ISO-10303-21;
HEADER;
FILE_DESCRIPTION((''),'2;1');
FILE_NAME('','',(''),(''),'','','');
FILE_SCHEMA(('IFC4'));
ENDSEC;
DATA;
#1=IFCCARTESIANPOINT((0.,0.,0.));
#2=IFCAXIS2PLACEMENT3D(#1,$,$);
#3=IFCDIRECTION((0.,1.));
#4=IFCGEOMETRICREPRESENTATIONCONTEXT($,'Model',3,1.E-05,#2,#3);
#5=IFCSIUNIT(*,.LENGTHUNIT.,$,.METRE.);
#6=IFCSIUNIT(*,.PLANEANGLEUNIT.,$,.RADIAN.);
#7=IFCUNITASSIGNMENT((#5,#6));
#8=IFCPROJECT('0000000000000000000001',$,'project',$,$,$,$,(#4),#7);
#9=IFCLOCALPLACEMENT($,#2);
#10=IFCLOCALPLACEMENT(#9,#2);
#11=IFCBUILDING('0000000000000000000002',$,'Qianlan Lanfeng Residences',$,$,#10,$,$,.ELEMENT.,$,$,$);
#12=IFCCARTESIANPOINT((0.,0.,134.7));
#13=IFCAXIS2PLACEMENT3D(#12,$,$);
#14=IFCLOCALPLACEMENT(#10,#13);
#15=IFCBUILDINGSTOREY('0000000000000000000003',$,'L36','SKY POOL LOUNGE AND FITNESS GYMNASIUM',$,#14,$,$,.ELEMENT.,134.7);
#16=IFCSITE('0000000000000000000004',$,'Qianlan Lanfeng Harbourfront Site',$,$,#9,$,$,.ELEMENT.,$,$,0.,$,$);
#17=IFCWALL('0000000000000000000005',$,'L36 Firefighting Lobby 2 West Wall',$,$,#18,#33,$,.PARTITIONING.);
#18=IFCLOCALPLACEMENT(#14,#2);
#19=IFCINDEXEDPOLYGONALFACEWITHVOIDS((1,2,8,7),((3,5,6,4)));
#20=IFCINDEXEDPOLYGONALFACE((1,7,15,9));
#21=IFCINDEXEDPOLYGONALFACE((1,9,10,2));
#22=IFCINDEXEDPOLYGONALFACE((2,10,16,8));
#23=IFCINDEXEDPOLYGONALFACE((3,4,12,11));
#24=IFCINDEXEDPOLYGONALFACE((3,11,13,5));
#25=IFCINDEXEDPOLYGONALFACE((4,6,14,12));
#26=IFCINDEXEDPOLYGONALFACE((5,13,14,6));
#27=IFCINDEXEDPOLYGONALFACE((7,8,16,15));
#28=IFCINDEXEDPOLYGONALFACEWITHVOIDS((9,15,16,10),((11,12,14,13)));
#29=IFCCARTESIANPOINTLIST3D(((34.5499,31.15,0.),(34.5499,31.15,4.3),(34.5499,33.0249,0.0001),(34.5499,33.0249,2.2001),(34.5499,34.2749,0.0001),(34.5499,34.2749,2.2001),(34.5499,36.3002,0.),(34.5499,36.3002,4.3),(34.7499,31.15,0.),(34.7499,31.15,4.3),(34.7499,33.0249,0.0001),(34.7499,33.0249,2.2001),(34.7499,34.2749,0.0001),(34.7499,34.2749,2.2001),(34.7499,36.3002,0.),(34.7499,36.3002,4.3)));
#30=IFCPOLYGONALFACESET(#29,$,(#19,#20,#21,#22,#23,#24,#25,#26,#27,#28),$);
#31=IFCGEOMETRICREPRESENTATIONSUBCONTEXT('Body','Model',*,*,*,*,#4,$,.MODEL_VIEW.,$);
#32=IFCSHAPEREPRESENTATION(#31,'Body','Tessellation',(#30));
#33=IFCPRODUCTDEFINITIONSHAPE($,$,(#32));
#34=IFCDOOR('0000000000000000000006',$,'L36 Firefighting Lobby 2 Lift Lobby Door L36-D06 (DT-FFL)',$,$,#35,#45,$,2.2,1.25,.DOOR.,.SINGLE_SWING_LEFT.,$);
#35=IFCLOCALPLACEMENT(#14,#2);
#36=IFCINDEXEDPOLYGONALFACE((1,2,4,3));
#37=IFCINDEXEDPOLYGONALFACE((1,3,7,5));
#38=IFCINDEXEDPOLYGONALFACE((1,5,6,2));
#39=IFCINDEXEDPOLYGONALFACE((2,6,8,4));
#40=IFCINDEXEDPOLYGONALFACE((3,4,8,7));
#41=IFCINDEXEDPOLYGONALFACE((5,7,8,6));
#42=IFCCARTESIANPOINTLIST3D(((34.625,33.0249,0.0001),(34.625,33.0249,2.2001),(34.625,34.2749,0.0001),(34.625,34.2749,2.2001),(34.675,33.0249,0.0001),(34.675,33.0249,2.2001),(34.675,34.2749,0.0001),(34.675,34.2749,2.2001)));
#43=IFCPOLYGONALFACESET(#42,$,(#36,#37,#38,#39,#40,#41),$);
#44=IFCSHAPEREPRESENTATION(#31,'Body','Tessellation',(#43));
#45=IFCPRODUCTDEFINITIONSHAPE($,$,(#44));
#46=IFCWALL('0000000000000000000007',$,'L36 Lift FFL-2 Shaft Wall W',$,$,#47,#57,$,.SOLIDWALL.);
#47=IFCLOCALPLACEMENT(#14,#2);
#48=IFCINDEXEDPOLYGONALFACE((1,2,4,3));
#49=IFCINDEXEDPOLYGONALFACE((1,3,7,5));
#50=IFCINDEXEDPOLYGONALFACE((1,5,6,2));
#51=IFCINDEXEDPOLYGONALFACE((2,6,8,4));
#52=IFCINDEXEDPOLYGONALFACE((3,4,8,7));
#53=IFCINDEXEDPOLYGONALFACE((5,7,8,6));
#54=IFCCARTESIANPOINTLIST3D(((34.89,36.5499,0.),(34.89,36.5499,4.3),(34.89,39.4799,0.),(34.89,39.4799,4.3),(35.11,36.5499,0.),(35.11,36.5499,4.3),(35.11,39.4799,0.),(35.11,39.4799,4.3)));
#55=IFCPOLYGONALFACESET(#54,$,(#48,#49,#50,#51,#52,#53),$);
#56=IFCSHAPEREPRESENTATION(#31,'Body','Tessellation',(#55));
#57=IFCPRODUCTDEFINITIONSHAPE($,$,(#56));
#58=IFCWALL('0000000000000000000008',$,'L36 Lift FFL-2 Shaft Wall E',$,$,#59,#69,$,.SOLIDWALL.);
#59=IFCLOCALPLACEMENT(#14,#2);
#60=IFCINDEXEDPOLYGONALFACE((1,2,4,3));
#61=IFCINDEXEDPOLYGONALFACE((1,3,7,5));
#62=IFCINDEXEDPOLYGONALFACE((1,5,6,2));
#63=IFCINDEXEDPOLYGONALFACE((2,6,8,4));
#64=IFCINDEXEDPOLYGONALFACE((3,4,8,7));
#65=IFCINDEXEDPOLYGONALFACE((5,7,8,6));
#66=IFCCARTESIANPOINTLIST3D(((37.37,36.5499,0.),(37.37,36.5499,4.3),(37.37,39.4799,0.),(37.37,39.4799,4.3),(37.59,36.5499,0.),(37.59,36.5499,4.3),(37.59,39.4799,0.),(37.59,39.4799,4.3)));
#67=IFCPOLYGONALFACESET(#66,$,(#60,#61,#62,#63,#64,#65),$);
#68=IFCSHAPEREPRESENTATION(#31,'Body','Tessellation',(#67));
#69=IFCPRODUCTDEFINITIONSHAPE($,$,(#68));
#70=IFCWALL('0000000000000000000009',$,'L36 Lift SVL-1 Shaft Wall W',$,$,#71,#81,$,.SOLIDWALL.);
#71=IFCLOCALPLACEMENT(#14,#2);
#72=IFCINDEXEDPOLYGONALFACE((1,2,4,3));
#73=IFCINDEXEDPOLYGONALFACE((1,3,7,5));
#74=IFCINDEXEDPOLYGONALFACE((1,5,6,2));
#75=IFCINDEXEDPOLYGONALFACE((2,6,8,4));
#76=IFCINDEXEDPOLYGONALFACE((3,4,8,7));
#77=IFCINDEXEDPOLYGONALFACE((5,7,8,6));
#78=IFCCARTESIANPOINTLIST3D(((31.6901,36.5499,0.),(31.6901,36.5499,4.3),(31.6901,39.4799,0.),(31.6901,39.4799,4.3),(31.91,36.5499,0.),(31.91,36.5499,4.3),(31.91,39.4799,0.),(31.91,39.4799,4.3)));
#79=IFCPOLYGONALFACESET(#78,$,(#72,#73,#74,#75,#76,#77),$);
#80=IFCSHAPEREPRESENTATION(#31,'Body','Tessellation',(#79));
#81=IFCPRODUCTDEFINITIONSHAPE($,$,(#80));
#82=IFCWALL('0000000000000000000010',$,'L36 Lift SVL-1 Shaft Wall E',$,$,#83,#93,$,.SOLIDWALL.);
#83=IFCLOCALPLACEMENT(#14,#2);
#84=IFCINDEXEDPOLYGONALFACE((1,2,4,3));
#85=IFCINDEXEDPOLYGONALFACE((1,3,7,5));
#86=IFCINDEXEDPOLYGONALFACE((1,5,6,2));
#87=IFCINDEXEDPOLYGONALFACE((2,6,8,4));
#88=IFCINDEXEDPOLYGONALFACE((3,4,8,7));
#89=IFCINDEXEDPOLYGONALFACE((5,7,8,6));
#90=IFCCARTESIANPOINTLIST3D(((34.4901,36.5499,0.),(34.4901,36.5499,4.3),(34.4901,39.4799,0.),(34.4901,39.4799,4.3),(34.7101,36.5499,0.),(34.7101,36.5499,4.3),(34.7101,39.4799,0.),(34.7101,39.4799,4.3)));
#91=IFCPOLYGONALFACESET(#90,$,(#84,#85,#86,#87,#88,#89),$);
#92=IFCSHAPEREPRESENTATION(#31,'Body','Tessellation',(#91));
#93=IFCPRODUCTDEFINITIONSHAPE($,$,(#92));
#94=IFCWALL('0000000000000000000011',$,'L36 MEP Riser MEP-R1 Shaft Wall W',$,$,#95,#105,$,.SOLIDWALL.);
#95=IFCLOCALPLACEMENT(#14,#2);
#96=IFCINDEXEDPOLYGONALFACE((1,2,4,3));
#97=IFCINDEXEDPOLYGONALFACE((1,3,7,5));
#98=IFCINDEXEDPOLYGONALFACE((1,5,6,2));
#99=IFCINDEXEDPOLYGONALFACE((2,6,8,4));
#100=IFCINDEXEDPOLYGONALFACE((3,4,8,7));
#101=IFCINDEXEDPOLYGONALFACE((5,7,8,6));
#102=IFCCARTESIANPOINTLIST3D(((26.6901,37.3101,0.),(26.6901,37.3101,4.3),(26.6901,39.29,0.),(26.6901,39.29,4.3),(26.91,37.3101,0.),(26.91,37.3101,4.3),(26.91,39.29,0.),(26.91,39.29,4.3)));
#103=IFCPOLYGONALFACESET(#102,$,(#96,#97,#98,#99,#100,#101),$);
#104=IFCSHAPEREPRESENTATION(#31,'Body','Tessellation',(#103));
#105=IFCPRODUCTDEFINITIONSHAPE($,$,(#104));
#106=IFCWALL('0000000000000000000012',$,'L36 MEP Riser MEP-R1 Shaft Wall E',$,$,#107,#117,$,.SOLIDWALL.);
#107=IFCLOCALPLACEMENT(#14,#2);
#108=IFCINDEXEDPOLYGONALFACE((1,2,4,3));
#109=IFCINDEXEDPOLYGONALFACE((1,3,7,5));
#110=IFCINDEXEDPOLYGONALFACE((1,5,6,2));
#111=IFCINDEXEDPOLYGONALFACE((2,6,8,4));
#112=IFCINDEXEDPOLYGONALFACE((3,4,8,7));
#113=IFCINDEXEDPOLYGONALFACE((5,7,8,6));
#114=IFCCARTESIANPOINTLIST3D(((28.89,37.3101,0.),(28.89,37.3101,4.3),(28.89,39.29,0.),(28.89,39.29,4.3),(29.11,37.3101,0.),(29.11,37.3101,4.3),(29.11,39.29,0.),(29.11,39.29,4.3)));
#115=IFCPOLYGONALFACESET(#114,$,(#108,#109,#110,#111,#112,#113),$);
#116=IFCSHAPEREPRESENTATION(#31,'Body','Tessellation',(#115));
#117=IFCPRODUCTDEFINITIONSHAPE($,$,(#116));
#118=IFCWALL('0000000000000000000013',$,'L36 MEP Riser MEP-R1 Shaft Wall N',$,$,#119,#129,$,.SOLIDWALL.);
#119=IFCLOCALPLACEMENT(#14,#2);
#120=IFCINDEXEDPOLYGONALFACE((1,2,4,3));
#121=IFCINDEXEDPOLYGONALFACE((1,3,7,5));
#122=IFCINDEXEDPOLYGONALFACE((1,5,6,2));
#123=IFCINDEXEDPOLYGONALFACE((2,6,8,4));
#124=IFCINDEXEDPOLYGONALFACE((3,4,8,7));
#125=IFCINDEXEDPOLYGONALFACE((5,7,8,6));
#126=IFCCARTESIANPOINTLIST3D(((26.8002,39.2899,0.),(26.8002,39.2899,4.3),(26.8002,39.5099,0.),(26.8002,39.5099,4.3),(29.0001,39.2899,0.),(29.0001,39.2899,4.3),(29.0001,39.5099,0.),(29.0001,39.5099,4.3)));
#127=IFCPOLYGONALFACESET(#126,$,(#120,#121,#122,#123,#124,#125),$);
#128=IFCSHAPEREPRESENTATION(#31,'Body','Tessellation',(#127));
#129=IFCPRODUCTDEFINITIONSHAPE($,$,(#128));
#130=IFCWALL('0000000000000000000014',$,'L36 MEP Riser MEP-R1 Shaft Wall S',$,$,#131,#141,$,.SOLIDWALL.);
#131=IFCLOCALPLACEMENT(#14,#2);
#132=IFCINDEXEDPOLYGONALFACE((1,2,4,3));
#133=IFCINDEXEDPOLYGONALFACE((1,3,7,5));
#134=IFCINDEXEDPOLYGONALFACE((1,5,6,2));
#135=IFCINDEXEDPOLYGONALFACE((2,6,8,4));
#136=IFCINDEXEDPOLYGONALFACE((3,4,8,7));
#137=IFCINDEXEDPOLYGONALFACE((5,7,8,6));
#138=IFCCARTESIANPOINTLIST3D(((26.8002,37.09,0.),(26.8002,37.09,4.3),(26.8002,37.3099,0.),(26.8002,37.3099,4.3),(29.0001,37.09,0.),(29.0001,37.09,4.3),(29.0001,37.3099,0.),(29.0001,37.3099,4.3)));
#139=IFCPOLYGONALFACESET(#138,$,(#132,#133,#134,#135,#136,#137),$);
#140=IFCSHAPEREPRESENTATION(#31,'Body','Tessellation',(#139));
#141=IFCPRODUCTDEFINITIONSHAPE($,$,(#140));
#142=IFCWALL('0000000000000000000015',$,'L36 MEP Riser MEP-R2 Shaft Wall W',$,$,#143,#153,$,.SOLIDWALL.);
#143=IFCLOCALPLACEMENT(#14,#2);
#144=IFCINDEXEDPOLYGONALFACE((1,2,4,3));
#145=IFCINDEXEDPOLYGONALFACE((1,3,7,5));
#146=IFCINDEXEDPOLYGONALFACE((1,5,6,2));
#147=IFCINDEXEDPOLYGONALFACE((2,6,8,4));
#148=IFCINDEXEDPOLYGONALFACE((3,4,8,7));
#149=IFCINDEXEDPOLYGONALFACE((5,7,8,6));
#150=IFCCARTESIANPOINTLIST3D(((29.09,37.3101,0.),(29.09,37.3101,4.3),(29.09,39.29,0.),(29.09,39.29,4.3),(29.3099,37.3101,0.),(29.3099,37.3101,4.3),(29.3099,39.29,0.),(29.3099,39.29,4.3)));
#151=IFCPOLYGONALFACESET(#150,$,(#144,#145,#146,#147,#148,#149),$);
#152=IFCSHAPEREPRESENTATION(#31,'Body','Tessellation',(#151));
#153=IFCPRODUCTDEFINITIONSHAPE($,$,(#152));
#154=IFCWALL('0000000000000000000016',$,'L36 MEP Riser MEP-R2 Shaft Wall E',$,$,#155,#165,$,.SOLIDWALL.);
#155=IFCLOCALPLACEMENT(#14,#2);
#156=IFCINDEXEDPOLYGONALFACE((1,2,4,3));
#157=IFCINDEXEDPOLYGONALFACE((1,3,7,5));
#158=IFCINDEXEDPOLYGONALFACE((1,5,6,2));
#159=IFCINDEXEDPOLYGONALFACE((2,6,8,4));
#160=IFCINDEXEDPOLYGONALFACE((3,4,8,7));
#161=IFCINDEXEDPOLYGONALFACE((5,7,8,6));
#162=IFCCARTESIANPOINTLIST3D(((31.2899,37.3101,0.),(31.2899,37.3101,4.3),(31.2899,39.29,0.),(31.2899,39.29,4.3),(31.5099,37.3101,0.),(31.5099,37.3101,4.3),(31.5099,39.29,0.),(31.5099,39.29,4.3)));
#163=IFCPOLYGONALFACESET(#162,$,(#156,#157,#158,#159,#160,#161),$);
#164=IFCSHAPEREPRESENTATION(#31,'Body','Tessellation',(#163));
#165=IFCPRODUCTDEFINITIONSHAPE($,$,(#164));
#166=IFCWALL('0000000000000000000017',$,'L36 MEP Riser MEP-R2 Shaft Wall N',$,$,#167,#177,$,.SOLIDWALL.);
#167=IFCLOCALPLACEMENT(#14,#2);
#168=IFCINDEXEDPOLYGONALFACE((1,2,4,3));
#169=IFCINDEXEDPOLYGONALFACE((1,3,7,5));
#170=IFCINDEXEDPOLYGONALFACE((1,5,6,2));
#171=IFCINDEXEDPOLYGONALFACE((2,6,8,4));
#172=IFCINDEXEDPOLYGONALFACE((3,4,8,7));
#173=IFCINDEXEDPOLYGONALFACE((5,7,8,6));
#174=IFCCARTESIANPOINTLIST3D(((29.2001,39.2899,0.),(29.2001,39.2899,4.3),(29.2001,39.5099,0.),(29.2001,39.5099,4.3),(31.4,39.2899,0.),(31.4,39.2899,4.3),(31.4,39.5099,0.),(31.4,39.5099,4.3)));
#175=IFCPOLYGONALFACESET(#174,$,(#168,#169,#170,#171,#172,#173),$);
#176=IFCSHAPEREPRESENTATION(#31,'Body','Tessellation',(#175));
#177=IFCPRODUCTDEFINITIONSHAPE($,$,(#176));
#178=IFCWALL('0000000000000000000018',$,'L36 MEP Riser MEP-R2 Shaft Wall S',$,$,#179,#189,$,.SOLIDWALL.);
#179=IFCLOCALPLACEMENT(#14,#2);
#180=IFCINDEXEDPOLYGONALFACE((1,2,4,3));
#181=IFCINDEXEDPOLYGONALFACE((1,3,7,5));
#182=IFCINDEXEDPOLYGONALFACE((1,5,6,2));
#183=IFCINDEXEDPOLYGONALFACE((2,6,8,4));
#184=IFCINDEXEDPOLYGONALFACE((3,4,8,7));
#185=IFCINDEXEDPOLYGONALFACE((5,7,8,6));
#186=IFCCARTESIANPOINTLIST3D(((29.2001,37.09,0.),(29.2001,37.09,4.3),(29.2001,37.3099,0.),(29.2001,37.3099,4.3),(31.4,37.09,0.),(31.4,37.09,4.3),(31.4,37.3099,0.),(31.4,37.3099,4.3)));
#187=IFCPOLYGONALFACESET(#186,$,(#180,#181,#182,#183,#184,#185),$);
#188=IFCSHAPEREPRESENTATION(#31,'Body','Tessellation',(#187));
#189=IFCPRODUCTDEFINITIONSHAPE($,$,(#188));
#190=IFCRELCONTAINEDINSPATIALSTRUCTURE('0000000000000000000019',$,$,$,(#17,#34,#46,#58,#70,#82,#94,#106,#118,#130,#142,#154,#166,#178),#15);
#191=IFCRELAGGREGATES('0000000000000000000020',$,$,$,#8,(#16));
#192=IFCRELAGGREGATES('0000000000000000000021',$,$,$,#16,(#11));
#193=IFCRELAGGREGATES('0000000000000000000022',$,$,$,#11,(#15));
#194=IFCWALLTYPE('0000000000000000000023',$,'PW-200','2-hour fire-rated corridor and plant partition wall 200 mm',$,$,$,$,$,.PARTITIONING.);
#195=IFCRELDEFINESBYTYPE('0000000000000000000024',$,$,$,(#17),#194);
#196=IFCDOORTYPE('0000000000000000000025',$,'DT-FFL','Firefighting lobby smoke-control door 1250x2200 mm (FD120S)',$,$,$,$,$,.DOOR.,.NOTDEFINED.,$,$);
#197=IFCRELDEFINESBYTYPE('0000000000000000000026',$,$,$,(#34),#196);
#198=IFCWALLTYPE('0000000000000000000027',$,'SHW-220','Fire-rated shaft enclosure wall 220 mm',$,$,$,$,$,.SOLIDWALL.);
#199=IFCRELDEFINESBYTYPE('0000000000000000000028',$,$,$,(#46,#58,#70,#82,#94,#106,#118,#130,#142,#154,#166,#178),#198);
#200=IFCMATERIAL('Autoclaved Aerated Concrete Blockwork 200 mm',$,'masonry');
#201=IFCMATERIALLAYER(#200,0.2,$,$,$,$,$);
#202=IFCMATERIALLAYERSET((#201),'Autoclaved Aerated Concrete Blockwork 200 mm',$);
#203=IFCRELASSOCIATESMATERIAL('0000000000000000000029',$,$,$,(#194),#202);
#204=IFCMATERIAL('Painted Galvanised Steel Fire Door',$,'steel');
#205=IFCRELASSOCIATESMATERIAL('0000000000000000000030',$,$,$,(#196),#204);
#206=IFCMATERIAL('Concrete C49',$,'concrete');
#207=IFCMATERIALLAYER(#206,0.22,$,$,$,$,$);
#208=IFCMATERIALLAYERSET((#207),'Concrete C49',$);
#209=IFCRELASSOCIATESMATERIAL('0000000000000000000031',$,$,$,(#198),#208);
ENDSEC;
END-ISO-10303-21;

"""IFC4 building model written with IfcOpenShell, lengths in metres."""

from ifc_helpers import new_model, si_unit, direction, frame, frame_2d, origin, place, context, subcontext, project, spatial, rectangle, extrude, material, layer, layer_set, type_object, element, fill, save


model = new_model("IFC4")

# Units and contexts
model_context = context("Model", 3, precision=1e-05, world=origin(), true_north=direction((0.0, 1.0)))
body_context = subcontext(model_context, "Body", "Model", "MODEL_VIEW")
ifc_project = project(units=[si_unit("LENGTHUNIT", "METRE"), si_unit("PLANEANGLEUNIT", "RADIAN")], contexts=[model_context])

# Site, building, storey
site_placement = place(None, origin())
site = spatial("IfcSite", under=ifc_project, at=site_placement, Name="Qianlan Lanfeng Harbourfront Site", CompositionType="ELEMENT", RefElevation=0.0)
building_placement = place(site_placement, origin())
building = spatial("IfcBuilding", under=site, at=building_placement, Name="Qianlan Lanfeng Residences", CompositionType="ELEMENT")
storey_placement = place(building_placement, frame((0.0, 0.0, 134.7)))
storey = spatial("IfcBuildingStorey", under=building, at=storey_placement, Name="L36", Description="SKY POOL LOUNGE AND FITNESS GYMNASIUM", CompositionType="ELEMENT", Elevation=134.7)

# Shared definitions
ifc_material_1 = material(Name="Painted Galvanised Steel Fire Door", Category="steel")

# Wall, opening, door
ifc_material_2 = material(Name="Autoclaved Aerated Concrete Blockwork 200 mm", Category="masonry")
ifc_layer_1 = layer(ifc_material_2, 0.2)
ifc_layer_set_1 = layer_set([ifc_layer_1], Name="Autoclaved Aerated Concrete Blockwork 200 mm")
wall_type_1 = type_object("IfcWallType", Name="PW-200", Description="2-hour fire-rated corridor and plant partition wall 200 mm", PredefinedType="PARTITIONING", material=ifc_layer_set_1)
door_type_1 = type_object("IfcDoorType", Name="DT-FFL", Description="Firefighting lobby smoke-control door 1250x2200 mm (FD120S)", OperationType="NOTDEFINED", PredefinedType="DOOR", material=ifc_material_1)
wall_1_placement = place(storey_placement, frame((34.6499, 31.1499, 0.0), z_axis=(0.0, 0.0, 1.0), x_axis=(0.0, 1.0, 0.0)))
wall_1 = element("IfcWall", 1, at=wall_1_placement, inside=storey, type_object=wall_type_1, Name="L36 Firefighting Lobby 2 West Wall", PredefinedType="PARTITIONING", context=body_context, shape_type="SweptSolid", body=[
    extrude(rectangle(XDim=5.1501, YDim=0.2, at=frame_2d((2.5752, 0.0))), origin(), (0.0, 0.0, 1.0), 4.3),
])
opening_1_placement = place(wall_1_placement, frame((1.875, 0.0, 0.0)))
opening_1 = element("IfcOpeningElement", 2, at=opening_1_placement, cuts=wall_1, PredefinedType="OPENING", context=body_context, shape_type="SweptSolid", body=[
    extrude(rectangle(XDim=1.25, YDim=2.2, at=frame_2d((0.625, 1.1001))), frame((0.0, 0.1099, 0.0), z_axis=(0.0, -1.0, 0.0), x_axis=(1.0, 0.0, 0.0)), (0.0, 0.0, 1.0), 0.22),
])
door_1_placement = place(opening_1_placement, origin())
door_1 = element("IfcDoor", 3, at=door_1_placement, inside=storey, type_object=door_type_1, Name="L36 Firefighting Lobby 2 Lift Lobby Door L36-D06 (DT-FFL)", OperationType="SINGLE_SWING_LEFT", OverallHeight=2.2, OverallWidth=1.25, PredefinedType="DOOR", context=body_context, shape_type="SweptSolid", body=[
    extrude(rectangle(XDim=1.25, YDim=2.2, at=frame_2d((0.625, 1.1001))), frame((0.0, 0.0249, 0.0), z_axis=(0.0, -1.0, 0.0), x_axis=(1.0, 0.0, 0.0)), (0.0, 0.0, 1.0), 0.05),
])
fill(opening_1, door_1)

# Walls
ifc_material_3 = material(Name="Concrete C49", Category="concrete")
ifc_layer_2 = layer(ifc_material_3, 0.22)
ifc_layer_set_2 = layer_set([ifc_layer_2], Name="Concrete C49")
wall_type_2 = type_object("IfcWallType", Name="SHW-220", Description="Fire-rated shaft enclosure wall 220 mm", PredefinedType="SOLIDWALL", material=ifc_layer_set_2)
for number, where, z_axis, x_axis, name in (
    (4, (35.0, 36.55, 0.0), (0.0, 0.0, 1.0), (0.0, 1.0, 0.0), "L36 Lift FFL-2 Shaft Wall W"),
    (5, (37.48, 36.55, 0.0), (0.0, 0.0, 1.0), (0.0, 1.0, 0.0), "L36 Lift FFL-2 Shaft Wall E"),
    (6, (31.8, 36.55, 0.0), (0.0, 0.0, 1.0), (0.0, 1.0, 0.0), "L36 Lift SVL-1 Shaft Wall W"),
    (7, (34.6001, 36.55, 0.0), (0.0, 0.0, 1.0), (0.0, 1.0, 0.0), "L36 Lift SVL-1 Shaft Wall E"),
):
    element("IfcWall", number, at=place(storey_placement, frame(where, z_axis=z_axis, x_axis=x_axis)), inside=storey, type_object=wall_type_2, Name=name, PredefinedType="SOLIDWALL", context=body_context, shape_type="SweptSolid", body=[
        extrude(rectangle(XDim=2.9299, YDim=0.22, at=frame_2d((1.4648, 0.0))), origin(), (0.0, 0.0, 1.0), 4.3),
    ])
for number, where, z_axis, x_axis, name in (
    (8, (26.8, 37.3101, 0.0), (0.0, 0.0, 1.0), (0.0, 1.0, 0.0), "L36 MEP Riser MEP-R1 Shaft Wall W"),
    (9, (29.0, 37.3101, 0.0), (0.0, 0.0, 1.0), (0.0, 1.0, 0.0), "L36 MEP Riser MEP-R1 Shaft Wall E"),
):
    element("IfcWall", number, at=place(storey_placement, frame(where, z_axis=z_axis, x_axis=x_axis)), inside=storey, type_object=wall_type_2, Name=name, PredefinedType="SOLIDWALL", context=body_context, shape_type="SweptSolid", body=[
        extrude(rectangle(XDim=1.98, YDim=0.22, at=frame_2d((0.99, 0.0))), origin(), (0.0, 0.0, 1.0), 4.3),
    ])
for number, where, z_axis, x_axis, name in (
    (10, (26.8, 39.3999, 0.0), (0.0, 0.0, 1.0), (1.0, 0.0, 0.0), "L36 MEP Riser MEP-R1 Shaft Wall N"),
    (11, (26.8, 37.2, 0.0), (0.0, 0.0, 1.0), (1.0, 0.0, 0.0), "L36 MEP Riser MEP-R1 Shaft Wall S"),
):
    element("IfcWall", number, at=place(storey_placement, frame(where, z_axis=z_axis, x_axis=x_axis)), inside=storey, type_object=wall_type_2, Name=name, PredefinedType="SOLIDWALL", context=body_context, shape_type="SweptSolid", body=[
        extrude(rectangle(XDim=2.2, YDim=0.22, at=frame_2d((1.1001, 0.0))), origin(), (0.0, 0.0, 1.0), 4.3),
    ])
for number, where, z_axis, x_axis, name in (
    (12, (29.2, 37.3101, 0.0), (0.0, 0.0, 1.0), (0.0, 1.0, 0.0), "L36 MEP Riser MEP-R2 Shaft Wall W"),
    (13, (31.3999, 37.3101, 0.0), (0.0, 0.0, 1.0), (0.0, 1.0, 0.0), "L36 MEP Riser MEP-R2 Shaft Wall E"),
):
    element("IfcWall", number, at=place(storey_placement, frame(where, z_axis=z_axis, x_axis=x_axis)), inside=storey, type_object=wall_type_2, Name=name, PredefinedType="SOLIDWALL", context=body_context, shape_type="SweptSolid", body=[
        extrude(rectangle(XDim=1.98, YDim=0.22, at=frame_2d((0.99, 0.0))), origin(), (0.0, 0.0, 1.0), 4.3),
    ])
for number, where, z_axis, x_axis, name in (
    (14, (29.2, 39.3999, 0.0), (0.0, 0.0, 1.0), (1.0, 0.0, 0.0), "L36 MEP Riser MEP-R2 Shaft Wall N"),
    (15, (29.2, 37.2, 0.0), (0.0, 0.0, 1.0), (1.0, 0.0, 0.0), "L36 MEP Riser MEP-R2 Shaft Wall S"),
):
    element("IfcWall", number, at=place(storey_placement, frame(where, z_axis=z_axis, x_axis=x_axis)), inside=storey, type_object=wall_type_2, Name=name, PredefinedType="SOLIDWALL", context=body_context, shape_type="SweptSolid", body=[
        extrude(rectangle(XDim=2.2, YDim=0.22, at=frame_2d((1.1001, 0.0))), origin(), (0.0, 0.0, 1.0), 4.3),
    ])

save(model, "model.ifc")
